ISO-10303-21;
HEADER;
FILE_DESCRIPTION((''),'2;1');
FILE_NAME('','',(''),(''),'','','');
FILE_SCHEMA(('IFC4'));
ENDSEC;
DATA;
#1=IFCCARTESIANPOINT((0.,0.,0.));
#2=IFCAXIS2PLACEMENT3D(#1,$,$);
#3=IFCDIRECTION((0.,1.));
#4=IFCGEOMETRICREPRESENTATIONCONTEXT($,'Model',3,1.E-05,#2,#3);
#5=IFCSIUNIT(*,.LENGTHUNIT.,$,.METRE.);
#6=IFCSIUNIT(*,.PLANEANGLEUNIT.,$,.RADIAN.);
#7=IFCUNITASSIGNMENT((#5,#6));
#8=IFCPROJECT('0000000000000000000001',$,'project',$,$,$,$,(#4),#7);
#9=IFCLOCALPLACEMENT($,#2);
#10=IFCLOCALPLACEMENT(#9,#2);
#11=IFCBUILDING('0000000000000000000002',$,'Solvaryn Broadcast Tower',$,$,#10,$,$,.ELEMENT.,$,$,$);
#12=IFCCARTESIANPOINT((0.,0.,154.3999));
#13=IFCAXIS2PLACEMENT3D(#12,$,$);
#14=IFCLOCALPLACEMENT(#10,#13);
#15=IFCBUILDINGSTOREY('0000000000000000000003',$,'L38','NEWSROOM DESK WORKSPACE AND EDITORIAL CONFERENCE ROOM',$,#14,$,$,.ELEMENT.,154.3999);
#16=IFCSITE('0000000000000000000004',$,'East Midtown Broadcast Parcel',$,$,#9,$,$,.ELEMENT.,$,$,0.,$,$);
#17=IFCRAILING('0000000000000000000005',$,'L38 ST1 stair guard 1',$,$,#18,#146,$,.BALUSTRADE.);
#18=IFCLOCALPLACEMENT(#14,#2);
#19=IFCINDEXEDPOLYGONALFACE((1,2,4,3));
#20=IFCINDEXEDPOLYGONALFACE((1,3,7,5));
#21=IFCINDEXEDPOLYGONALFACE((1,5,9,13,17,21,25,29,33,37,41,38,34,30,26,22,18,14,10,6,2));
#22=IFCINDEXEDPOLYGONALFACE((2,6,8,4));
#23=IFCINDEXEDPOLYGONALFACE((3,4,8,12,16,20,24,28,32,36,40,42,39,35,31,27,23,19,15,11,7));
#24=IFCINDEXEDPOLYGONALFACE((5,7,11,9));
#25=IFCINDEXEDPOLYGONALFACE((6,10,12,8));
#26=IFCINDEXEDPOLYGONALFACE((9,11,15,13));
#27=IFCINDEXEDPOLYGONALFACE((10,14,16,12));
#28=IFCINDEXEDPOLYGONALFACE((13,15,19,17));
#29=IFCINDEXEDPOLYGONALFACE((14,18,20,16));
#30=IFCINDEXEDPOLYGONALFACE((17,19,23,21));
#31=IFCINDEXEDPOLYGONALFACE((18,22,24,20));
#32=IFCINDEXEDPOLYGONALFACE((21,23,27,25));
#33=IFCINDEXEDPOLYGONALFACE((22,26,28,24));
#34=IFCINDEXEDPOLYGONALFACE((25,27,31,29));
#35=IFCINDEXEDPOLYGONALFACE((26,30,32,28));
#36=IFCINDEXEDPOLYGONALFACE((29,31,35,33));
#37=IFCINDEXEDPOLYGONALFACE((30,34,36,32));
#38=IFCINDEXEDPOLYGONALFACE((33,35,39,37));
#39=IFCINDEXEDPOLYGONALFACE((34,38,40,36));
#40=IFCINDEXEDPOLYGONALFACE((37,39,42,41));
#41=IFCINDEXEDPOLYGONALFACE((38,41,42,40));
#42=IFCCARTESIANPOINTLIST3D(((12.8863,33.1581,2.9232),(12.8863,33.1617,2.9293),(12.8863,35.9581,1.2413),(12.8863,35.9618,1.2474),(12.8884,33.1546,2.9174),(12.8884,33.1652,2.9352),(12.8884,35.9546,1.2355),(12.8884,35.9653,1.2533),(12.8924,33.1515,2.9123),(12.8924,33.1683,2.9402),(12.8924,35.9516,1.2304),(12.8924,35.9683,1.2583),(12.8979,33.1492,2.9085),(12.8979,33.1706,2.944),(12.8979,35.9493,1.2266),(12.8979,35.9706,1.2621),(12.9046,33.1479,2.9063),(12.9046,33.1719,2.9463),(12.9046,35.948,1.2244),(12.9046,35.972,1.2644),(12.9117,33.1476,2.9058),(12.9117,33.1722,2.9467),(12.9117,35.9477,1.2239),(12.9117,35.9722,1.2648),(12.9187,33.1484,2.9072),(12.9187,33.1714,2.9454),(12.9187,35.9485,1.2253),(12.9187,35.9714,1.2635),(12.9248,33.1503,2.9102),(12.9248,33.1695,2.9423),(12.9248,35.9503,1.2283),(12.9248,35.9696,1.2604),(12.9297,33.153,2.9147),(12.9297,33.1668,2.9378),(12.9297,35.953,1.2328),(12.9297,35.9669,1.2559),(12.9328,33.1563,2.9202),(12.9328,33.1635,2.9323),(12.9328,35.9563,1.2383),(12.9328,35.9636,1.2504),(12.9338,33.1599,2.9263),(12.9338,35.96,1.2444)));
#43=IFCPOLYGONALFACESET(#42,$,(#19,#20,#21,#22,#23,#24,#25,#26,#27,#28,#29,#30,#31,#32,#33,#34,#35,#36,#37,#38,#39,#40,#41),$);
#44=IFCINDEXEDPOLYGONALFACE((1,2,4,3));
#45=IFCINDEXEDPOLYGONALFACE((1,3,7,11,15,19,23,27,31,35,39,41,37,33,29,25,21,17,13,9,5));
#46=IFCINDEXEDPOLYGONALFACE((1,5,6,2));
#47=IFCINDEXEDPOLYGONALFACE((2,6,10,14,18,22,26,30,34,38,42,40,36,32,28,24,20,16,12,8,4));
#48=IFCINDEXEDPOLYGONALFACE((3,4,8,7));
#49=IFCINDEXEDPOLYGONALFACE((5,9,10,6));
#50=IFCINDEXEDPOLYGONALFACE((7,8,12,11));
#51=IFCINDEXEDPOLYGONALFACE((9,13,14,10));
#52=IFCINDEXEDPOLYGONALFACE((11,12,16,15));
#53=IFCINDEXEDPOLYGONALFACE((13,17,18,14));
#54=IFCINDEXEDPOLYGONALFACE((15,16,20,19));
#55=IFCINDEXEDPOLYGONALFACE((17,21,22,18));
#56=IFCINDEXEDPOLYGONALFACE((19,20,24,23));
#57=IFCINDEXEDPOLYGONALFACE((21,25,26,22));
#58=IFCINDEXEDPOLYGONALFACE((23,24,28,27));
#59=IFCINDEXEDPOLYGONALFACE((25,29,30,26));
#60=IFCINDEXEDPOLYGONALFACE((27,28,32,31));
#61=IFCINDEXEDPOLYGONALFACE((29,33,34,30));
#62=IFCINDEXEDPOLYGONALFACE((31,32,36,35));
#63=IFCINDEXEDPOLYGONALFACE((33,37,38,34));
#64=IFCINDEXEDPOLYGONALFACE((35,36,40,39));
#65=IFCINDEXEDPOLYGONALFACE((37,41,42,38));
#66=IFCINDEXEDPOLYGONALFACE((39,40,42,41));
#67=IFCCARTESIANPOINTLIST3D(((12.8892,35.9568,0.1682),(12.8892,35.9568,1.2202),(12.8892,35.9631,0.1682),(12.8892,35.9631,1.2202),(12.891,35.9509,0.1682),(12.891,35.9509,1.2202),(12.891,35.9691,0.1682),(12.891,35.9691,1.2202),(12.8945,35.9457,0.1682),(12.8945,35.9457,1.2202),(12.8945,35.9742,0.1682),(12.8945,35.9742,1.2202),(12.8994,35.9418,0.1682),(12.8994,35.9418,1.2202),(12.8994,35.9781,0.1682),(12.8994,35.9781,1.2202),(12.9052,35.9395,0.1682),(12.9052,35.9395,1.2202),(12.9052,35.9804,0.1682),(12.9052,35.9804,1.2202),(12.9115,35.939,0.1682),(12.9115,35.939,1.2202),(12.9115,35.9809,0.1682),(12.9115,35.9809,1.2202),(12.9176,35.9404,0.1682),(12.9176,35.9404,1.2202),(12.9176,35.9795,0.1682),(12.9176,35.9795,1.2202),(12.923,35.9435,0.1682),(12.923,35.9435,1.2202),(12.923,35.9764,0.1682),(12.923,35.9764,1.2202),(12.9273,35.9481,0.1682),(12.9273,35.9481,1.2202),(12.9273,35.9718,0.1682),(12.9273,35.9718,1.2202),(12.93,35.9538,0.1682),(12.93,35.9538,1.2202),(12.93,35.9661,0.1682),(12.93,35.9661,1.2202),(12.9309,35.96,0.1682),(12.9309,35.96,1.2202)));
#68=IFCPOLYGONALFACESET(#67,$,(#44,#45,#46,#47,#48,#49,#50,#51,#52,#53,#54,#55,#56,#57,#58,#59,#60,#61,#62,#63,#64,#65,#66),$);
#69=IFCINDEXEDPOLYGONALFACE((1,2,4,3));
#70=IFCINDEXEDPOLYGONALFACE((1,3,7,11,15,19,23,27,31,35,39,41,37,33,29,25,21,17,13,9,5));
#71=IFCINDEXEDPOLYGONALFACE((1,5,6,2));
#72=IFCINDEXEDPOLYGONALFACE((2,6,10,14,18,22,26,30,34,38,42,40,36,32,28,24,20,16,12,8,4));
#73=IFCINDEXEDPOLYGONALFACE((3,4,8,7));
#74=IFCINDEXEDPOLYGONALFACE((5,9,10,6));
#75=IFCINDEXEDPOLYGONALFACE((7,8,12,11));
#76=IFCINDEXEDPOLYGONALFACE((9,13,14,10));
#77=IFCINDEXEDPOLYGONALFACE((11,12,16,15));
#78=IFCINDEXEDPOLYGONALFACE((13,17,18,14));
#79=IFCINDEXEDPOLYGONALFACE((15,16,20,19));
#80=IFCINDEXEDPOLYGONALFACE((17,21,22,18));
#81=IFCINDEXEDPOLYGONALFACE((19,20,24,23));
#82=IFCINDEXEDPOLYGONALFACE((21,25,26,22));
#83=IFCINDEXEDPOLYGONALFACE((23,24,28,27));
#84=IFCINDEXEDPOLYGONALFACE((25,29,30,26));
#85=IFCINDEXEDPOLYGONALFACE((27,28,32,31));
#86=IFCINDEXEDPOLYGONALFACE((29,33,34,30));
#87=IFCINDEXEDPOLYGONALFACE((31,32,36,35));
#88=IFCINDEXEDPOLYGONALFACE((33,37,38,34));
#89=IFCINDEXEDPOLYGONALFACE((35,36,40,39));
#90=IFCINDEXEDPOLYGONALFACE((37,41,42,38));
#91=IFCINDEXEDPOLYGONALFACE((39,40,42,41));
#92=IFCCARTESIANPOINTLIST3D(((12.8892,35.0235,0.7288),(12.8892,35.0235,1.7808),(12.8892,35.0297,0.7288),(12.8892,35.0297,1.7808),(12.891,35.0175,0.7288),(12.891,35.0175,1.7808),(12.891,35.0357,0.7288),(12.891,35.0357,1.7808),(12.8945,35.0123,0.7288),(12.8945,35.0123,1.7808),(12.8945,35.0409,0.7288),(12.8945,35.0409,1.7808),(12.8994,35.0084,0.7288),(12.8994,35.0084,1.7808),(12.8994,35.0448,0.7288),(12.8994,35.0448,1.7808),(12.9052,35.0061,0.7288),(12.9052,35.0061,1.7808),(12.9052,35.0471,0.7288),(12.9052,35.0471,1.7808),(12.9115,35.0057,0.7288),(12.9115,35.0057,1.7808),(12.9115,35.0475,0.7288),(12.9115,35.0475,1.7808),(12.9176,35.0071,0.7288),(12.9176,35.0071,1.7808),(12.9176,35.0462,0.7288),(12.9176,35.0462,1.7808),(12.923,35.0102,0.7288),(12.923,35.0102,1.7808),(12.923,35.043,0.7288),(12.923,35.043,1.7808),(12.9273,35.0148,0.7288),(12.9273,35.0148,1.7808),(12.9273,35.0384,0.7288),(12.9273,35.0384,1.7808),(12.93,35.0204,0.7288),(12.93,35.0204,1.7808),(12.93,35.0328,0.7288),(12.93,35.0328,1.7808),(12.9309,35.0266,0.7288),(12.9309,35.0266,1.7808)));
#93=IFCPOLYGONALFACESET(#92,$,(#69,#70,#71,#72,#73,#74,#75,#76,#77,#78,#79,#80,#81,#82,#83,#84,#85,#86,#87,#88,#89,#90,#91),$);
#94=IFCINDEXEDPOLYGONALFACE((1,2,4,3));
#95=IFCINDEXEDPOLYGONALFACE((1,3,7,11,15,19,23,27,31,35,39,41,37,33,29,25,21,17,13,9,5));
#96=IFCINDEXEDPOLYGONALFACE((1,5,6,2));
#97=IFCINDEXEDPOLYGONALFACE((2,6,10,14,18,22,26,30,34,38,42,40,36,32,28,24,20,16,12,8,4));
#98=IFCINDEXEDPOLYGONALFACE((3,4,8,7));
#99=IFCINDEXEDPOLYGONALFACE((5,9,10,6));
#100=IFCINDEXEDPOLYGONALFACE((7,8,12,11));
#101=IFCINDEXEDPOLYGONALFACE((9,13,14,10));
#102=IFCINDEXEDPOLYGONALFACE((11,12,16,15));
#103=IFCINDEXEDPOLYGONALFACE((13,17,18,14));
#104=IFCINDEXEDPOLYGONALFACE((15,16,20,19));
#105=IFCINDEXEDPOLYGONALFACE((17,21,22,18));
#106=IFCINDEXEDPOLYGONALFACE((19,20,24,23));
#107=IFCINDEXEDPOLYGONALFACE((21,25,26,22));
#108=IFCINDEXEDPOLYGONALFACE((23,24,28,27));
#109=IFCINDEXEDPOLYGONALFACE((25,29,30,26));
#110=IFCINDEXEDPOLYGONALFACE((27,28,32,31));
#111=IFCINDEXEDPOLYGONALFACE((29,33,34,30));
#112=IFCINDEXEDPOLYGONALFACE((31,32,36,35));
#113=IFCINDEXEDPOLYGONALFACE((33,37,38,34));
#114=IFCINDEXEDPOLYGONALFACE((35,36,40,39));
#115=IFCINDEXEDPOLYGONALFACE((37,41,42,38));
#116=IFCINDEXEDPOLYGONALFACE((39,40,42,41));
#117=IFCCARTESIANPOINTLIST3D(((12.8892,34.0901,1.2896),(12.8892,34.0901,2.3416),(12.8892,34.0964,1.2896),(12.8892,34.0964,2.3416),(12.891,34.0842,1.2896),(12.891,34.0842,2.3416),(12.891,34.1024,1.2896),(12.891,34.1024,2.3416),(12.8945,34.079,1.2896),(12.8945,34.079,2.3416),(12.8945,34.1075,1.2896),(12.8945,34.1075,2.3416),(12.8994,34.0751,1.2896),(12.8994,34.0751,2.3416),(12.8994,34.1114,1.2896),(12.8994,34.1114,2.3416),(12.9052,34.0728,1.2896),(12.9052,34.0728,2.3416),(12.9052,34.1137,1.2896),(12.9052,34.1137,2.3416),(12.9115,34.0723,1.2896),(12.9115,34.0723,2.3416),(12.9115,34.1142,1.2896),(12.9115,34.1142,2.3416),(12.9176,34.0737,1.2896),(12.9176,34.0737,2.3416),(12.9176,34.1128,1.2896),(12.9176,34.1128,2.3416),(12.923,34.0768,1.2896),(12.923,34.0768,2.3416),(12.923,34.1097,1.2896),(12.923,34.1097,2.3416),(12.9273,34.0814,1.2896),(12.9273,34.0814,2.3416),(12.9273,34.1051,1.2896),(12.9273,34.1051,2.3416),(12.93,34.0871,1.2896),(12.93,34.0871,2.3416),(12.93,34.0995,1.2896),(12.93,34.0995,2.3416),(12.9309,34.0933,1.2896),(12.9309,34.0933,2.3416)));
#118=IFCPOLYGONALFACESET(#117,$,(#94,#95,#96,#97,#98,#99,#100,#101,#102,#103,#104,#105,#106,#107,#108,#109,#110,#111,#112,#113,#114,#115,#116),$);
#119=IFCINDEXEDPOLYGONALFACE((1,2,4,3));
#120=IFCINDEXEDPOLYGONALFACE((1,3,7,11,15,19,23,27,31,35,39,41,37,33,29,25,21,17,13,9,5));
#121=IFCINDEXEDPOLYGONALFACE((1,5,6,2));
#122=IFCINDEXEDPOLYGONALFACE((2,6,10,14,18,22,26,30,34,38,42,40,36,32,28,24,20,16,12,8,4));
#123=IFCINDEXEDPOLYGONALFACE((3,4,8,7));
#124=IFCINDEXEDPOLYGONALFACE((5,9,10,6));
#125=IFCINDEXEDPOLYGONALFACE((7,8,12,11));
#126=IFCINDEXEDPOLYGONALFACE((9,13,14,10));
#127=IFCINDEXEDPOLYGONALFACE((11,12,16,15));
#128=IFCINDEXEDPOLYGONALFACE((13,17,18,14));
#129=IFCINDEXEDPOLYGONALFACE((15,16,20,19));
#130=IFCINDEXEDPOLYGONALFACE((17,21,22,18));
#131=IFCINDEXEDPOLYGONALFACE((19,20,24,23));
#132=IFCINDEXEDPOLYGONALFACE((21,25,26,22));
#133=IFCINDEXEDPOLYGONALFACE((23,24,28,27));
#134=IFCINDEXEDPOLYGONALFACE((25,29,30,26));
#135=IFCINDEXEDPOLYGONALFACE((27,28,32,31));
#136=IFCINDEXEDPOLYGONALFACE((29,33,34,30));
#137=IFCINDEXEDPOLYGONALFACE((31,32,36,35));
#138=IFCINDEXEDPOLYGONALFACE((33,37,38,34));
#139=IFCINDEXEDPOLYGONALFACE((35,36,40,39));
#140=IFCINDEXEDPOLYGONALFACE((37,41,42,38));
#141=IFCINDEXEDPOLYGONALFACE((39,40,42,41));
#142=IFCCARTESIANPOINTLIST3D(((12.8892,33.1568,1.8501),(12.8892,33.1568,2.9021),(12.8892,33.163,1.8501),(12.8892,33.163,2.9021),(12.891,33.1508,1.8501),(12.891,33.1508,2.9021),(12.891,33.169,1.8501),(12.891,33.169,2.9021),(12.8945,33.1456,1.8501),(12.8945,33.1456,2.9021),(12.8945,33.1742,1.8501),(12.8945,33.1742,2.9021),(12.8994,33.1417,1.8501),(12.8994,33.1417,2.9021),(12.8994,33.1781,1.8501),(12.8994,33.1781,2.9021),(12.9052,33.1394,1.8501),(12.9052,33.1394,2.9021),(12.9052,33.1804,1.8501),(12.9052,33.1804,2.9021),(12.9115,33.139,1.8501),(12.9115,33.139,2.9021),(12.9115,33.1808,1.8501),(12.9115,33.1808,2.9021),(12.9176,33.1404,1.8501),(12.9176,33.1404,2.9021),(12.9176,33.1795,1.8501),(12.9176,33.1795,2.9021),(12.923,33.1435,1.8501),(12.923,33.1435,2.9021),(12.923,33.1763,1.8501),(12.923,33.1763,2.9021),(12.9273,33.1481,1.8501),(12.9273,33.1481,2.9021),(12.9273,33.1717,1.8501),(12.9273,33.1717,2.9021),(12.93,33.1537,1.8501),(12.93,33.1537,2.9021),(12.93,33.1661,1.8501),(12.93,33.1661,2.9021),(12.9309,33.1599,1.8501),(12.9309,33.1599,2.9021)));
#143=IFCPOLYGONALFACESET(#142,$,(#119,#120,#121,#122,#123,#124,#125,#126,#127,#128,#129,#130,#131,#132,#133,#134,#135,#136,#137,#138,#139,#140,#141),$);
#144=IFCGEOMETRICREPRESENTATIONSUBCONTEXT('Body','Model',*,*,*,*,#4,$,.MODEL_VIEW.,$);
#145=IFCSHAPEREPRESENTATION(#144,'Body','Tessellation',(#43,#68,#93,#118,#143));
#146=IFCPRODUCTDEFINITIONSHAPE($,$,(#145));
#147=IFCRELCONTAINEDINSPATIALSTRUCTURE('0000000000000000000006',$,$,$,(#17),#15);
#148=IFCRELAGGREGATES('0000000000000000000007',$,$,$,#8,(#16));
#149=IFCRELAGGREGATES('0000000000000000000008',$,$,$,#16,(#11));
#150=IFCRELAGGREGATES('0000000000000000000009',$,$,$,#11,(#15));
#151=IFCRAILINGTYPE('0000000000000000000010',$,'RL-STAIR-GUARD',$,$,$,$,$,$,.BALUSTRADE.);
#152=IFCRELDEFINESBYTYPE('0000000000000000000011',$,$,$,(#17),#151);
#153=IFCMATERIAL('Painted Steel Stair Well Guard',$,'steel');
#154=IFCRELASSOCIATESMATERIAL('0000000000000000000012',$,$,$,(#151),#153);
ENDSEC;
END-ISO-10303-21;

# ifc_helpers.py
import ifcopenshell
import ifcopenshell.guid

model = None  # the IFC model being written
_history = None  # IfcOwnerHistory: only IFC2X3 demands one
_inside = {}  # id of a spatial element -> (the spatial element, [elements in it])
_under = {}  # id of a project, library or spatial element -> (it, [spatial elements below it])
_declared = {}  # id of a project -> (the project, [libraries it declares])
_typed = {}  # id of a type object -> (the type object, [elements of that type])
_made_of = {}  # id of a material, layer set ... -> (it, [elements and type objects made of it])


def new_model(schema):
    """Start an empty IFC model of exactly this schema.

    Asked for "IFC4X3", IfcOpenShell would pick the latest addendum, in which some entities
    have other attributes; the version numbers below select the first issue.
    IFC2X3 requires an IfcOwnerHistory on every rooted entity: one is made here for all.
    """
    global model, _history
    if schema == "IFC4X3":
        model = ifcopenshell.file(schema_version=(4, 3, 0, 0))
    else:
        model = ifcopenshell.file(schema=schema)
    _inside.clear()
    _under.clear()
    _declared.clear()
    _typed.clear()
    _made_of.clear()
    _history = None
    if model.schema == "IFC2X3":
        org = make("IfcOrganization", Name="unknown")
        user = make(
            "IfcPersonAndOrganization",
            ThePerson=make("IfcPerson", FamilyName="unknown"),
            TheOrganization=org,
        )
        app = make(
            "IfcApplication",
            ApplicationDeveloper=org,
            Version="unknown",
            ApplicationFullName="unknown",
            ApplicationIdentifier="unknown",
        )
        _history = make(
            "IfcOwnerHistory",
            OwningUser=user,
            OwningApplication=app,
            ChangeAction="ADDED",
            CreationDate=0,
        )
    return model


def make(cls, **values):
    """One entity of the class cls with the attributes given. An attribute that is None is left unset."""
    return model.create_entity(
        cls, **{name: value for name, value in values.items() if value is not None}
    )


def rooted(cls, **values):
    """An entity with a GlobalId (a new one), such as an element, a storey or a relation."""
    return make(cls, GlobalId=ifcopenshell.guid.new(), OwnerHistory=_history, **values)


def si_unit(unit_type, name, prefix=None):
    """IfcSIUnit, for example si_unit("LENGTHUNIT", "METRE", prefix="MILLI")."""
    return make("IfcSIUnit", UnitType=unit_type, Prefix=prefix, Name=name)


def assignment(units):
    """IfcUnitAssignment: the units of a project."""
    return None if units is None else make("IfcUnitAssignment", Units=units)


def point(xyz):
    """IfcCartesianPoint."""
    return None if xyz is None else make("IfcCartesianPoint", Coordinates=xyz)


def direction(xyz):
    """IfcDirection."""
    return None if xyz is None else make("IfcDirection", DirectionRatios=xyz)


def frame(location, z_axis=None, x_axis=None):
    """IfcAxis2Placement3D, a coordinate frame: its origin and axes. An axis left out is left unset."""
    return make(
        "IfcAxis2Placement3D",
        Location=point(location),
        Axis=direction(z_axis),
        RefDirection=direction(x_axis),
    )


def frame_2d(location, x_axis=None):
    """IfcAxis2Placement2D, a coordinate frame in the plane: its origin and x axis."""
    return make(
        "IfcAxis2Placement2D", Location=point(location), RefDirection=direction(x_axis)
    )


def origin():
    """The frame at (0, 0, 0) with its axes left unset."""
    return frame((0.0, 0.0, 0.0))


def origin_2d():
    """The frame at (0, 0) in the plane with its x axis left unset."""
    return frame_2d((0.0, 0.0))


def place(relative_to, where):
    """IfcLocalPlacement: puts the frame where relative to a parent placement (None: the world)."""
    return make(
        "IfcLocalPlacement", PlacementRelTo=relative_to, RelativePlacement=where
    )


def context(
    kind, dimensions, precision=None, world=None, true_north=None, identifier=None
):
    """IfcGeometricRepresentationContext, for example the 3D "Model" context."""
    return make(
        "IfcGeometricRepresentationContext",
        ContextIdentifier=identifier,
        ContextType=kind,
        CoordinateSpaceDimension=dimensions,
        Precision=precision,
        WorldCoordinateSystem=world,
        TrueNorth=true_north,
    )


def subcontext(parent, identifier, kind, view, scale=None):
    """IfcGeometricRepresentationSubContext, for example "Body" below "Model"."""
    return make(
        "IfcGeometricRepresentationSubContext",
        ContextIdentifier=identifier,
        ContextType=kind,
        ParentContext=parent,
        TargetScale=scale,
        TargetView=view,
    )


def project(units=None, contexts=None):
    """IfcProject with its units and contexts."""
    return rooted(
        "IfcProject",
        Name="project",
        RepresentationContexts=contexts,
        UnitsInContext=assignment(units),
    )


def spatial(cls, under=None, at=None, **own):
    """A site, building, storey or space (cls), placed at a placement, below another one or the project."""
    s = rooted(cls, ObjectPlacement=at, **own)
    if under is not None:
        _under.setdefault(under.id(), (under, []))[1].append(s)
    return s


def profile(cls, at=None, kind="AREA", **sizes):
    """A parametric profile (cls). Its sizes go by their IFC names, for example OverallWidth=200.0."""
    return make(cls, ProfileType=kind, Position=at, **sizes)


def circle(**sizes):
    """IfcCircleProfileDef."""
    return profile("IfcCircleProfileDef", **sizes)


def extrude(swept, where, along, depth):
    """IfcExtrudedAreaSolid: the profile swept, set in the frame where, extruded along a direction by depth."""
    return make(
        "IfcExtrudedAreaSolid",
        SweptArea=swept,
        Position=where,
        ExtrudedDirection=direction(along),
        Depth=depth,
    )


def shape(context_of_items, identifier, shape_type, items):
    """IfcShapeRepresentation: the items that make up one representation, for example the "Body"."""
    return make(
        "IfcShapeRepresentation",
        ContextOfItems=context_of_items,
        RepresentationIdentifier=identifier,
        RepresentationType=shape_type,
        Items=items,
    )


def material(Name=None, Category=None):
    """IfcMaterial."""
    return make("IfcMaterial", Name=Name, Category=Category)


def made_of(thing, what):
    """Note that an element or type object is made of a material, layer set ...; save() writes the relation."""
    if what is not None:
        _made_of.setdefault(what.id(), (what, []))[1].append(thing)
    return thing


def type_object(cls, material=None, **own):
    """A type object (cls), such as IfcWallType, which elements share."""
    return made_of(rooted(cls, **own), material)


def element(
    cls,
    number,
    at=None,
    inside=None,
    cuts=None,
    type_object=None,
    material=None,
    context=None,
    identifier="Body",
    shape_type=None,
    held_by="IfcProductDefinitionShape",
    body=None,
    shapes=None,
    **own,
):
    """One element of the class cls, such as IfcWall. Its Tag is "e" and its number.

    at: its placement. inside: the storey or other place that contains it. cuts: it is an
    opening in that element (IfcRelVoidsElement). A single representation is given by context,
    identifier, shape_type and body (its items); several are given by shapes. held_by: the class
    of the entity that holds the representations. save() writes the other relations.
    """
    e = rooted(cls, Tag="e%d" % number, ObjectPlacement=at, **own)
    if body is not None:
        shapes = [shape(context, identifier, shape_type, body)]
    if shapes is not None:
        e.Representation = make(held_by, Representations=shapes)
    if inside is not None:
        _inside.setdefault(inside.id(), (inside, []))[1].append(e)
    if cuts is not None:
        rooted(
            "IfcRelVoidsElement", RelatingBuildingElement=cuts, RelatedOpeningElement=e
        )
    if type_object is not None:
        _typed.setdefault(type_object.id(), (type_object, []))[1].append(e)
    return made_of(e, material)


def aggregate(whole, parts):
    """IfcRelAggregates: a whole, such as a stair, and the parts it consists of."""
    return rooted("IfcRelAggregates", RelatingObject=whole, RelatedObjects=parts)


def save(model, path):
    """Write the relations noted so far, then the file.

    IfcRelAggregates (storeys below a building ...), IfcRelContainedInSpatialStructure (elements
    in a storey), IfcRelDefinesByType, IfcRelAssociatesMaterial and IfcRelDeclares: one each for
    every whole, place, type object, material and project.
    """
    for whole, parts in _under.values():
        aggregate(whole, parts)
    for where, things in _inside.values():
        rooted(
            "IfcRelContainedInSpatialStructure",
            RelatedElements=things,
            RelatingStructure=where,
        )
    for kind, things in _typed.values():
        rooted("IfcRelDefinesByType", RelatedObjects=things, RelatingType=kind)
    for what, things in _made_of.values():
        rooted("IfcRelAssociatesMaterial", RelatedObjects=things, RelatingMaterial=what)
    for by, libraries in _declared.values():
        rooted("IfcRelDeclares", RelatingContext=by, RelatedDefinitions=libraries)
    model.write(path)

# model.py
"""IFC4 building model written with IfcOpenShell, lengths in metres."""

from ifc_helpers import new_model, si_unit, direction, frame, origin, origin_2d, place, context, subcontext, project, spatial, circle, extrude, material, type_object, element, save


model = new_model("IFC4")

# Units and contexts
model_context = context("Model", 3, precision=1e-05, world=origin(), true_north=direction((0.0, 1.0)))
body_context = subcontext(model_context, "Body", "Model", "MODEL_VIEW")
ifc_project = project(units=[si_unit("LENGTHUNIT", "METRE"), si_unit("PLANEANGLEUNIT", "RADIAN")], contexts=[model_context])

# Site, building, storey
site_placement = place(None, origin())
site = spatial("IfcSite", under=ifc_project, at=site_placement, Name="East Midtown Broadcast Parcel", CompositionType="ELEMENT", RefElevation=0.0)
building_placement = place(site_placement, origin())
building = spatial("IfcBuilding", under=site, at=building_placement, Name="Solvaryn Broadcast Tower", CompositionType="ELEMENT")
storey_placement = place(building_placement, frame((0.0, 0.0, 154.3999)))
storey = spatial("IfcBuildingStorey", under=building, at=storey_placement, Name="L38", Description="NEWSROOM DESK WORKSPACE AND EDITORIAL CONFERENCE ROOM", CompositionType="ELEMENT", Elevation=154.3999)

# Railing
ifc_material_1 = material(Name="Painted Steel Stair Well Guard", Category="steel")
railing_type_1 = type_object("IfcRailingType", Name="RL-STAIR-GUARD", PredefinedType="BALUSTRADE", material=ifc_material_1)
railing_1_placement = place(storey_placement, frame((12.9099, 35.96, 0.1682)))
element("IfcRailing", 1, at=railing_1_placement, inside=storey, type_object=railing_type_1, Name="L38 ST1 stair guard 1", PredefinedType="BALUSTRADE", context=body_context, shape_type="SweptSolid", body=[
    extrude(circle(Radius=0.0239, at=origin_2d()), frame((0.0, 0.0, 1.0762), z_axis=(0.0, -0.857242, 0.514913), x_axis=(1.0, 0.0, 0.0)), (0.0, 0.0, 1.0), 3.2664),
    extrude(circle(Radius=0.021, at=origin_2d()), origin(), (0.0, 0.0, 1.0), 1.052),
    extrude(circle(Radius=0.021, at=origin_2d()), frame((0.0, -0.9333, 0.5605)), (0.0, 0.0, 1.0), 1.052),
    extrude(circle(Radius=0.021, at=origin_2d()), frame((0.0, -1.8667, 1.1213)), (0.0, 0.0, 1.0), 1.052),
    extrude(circle(Radius=0.021, at=origin_2d()), frame((0.0, -2.8, 1.6819)), (0.0, 0.0, 1.0), 1.052),
])

save(model, "model.ifc")
